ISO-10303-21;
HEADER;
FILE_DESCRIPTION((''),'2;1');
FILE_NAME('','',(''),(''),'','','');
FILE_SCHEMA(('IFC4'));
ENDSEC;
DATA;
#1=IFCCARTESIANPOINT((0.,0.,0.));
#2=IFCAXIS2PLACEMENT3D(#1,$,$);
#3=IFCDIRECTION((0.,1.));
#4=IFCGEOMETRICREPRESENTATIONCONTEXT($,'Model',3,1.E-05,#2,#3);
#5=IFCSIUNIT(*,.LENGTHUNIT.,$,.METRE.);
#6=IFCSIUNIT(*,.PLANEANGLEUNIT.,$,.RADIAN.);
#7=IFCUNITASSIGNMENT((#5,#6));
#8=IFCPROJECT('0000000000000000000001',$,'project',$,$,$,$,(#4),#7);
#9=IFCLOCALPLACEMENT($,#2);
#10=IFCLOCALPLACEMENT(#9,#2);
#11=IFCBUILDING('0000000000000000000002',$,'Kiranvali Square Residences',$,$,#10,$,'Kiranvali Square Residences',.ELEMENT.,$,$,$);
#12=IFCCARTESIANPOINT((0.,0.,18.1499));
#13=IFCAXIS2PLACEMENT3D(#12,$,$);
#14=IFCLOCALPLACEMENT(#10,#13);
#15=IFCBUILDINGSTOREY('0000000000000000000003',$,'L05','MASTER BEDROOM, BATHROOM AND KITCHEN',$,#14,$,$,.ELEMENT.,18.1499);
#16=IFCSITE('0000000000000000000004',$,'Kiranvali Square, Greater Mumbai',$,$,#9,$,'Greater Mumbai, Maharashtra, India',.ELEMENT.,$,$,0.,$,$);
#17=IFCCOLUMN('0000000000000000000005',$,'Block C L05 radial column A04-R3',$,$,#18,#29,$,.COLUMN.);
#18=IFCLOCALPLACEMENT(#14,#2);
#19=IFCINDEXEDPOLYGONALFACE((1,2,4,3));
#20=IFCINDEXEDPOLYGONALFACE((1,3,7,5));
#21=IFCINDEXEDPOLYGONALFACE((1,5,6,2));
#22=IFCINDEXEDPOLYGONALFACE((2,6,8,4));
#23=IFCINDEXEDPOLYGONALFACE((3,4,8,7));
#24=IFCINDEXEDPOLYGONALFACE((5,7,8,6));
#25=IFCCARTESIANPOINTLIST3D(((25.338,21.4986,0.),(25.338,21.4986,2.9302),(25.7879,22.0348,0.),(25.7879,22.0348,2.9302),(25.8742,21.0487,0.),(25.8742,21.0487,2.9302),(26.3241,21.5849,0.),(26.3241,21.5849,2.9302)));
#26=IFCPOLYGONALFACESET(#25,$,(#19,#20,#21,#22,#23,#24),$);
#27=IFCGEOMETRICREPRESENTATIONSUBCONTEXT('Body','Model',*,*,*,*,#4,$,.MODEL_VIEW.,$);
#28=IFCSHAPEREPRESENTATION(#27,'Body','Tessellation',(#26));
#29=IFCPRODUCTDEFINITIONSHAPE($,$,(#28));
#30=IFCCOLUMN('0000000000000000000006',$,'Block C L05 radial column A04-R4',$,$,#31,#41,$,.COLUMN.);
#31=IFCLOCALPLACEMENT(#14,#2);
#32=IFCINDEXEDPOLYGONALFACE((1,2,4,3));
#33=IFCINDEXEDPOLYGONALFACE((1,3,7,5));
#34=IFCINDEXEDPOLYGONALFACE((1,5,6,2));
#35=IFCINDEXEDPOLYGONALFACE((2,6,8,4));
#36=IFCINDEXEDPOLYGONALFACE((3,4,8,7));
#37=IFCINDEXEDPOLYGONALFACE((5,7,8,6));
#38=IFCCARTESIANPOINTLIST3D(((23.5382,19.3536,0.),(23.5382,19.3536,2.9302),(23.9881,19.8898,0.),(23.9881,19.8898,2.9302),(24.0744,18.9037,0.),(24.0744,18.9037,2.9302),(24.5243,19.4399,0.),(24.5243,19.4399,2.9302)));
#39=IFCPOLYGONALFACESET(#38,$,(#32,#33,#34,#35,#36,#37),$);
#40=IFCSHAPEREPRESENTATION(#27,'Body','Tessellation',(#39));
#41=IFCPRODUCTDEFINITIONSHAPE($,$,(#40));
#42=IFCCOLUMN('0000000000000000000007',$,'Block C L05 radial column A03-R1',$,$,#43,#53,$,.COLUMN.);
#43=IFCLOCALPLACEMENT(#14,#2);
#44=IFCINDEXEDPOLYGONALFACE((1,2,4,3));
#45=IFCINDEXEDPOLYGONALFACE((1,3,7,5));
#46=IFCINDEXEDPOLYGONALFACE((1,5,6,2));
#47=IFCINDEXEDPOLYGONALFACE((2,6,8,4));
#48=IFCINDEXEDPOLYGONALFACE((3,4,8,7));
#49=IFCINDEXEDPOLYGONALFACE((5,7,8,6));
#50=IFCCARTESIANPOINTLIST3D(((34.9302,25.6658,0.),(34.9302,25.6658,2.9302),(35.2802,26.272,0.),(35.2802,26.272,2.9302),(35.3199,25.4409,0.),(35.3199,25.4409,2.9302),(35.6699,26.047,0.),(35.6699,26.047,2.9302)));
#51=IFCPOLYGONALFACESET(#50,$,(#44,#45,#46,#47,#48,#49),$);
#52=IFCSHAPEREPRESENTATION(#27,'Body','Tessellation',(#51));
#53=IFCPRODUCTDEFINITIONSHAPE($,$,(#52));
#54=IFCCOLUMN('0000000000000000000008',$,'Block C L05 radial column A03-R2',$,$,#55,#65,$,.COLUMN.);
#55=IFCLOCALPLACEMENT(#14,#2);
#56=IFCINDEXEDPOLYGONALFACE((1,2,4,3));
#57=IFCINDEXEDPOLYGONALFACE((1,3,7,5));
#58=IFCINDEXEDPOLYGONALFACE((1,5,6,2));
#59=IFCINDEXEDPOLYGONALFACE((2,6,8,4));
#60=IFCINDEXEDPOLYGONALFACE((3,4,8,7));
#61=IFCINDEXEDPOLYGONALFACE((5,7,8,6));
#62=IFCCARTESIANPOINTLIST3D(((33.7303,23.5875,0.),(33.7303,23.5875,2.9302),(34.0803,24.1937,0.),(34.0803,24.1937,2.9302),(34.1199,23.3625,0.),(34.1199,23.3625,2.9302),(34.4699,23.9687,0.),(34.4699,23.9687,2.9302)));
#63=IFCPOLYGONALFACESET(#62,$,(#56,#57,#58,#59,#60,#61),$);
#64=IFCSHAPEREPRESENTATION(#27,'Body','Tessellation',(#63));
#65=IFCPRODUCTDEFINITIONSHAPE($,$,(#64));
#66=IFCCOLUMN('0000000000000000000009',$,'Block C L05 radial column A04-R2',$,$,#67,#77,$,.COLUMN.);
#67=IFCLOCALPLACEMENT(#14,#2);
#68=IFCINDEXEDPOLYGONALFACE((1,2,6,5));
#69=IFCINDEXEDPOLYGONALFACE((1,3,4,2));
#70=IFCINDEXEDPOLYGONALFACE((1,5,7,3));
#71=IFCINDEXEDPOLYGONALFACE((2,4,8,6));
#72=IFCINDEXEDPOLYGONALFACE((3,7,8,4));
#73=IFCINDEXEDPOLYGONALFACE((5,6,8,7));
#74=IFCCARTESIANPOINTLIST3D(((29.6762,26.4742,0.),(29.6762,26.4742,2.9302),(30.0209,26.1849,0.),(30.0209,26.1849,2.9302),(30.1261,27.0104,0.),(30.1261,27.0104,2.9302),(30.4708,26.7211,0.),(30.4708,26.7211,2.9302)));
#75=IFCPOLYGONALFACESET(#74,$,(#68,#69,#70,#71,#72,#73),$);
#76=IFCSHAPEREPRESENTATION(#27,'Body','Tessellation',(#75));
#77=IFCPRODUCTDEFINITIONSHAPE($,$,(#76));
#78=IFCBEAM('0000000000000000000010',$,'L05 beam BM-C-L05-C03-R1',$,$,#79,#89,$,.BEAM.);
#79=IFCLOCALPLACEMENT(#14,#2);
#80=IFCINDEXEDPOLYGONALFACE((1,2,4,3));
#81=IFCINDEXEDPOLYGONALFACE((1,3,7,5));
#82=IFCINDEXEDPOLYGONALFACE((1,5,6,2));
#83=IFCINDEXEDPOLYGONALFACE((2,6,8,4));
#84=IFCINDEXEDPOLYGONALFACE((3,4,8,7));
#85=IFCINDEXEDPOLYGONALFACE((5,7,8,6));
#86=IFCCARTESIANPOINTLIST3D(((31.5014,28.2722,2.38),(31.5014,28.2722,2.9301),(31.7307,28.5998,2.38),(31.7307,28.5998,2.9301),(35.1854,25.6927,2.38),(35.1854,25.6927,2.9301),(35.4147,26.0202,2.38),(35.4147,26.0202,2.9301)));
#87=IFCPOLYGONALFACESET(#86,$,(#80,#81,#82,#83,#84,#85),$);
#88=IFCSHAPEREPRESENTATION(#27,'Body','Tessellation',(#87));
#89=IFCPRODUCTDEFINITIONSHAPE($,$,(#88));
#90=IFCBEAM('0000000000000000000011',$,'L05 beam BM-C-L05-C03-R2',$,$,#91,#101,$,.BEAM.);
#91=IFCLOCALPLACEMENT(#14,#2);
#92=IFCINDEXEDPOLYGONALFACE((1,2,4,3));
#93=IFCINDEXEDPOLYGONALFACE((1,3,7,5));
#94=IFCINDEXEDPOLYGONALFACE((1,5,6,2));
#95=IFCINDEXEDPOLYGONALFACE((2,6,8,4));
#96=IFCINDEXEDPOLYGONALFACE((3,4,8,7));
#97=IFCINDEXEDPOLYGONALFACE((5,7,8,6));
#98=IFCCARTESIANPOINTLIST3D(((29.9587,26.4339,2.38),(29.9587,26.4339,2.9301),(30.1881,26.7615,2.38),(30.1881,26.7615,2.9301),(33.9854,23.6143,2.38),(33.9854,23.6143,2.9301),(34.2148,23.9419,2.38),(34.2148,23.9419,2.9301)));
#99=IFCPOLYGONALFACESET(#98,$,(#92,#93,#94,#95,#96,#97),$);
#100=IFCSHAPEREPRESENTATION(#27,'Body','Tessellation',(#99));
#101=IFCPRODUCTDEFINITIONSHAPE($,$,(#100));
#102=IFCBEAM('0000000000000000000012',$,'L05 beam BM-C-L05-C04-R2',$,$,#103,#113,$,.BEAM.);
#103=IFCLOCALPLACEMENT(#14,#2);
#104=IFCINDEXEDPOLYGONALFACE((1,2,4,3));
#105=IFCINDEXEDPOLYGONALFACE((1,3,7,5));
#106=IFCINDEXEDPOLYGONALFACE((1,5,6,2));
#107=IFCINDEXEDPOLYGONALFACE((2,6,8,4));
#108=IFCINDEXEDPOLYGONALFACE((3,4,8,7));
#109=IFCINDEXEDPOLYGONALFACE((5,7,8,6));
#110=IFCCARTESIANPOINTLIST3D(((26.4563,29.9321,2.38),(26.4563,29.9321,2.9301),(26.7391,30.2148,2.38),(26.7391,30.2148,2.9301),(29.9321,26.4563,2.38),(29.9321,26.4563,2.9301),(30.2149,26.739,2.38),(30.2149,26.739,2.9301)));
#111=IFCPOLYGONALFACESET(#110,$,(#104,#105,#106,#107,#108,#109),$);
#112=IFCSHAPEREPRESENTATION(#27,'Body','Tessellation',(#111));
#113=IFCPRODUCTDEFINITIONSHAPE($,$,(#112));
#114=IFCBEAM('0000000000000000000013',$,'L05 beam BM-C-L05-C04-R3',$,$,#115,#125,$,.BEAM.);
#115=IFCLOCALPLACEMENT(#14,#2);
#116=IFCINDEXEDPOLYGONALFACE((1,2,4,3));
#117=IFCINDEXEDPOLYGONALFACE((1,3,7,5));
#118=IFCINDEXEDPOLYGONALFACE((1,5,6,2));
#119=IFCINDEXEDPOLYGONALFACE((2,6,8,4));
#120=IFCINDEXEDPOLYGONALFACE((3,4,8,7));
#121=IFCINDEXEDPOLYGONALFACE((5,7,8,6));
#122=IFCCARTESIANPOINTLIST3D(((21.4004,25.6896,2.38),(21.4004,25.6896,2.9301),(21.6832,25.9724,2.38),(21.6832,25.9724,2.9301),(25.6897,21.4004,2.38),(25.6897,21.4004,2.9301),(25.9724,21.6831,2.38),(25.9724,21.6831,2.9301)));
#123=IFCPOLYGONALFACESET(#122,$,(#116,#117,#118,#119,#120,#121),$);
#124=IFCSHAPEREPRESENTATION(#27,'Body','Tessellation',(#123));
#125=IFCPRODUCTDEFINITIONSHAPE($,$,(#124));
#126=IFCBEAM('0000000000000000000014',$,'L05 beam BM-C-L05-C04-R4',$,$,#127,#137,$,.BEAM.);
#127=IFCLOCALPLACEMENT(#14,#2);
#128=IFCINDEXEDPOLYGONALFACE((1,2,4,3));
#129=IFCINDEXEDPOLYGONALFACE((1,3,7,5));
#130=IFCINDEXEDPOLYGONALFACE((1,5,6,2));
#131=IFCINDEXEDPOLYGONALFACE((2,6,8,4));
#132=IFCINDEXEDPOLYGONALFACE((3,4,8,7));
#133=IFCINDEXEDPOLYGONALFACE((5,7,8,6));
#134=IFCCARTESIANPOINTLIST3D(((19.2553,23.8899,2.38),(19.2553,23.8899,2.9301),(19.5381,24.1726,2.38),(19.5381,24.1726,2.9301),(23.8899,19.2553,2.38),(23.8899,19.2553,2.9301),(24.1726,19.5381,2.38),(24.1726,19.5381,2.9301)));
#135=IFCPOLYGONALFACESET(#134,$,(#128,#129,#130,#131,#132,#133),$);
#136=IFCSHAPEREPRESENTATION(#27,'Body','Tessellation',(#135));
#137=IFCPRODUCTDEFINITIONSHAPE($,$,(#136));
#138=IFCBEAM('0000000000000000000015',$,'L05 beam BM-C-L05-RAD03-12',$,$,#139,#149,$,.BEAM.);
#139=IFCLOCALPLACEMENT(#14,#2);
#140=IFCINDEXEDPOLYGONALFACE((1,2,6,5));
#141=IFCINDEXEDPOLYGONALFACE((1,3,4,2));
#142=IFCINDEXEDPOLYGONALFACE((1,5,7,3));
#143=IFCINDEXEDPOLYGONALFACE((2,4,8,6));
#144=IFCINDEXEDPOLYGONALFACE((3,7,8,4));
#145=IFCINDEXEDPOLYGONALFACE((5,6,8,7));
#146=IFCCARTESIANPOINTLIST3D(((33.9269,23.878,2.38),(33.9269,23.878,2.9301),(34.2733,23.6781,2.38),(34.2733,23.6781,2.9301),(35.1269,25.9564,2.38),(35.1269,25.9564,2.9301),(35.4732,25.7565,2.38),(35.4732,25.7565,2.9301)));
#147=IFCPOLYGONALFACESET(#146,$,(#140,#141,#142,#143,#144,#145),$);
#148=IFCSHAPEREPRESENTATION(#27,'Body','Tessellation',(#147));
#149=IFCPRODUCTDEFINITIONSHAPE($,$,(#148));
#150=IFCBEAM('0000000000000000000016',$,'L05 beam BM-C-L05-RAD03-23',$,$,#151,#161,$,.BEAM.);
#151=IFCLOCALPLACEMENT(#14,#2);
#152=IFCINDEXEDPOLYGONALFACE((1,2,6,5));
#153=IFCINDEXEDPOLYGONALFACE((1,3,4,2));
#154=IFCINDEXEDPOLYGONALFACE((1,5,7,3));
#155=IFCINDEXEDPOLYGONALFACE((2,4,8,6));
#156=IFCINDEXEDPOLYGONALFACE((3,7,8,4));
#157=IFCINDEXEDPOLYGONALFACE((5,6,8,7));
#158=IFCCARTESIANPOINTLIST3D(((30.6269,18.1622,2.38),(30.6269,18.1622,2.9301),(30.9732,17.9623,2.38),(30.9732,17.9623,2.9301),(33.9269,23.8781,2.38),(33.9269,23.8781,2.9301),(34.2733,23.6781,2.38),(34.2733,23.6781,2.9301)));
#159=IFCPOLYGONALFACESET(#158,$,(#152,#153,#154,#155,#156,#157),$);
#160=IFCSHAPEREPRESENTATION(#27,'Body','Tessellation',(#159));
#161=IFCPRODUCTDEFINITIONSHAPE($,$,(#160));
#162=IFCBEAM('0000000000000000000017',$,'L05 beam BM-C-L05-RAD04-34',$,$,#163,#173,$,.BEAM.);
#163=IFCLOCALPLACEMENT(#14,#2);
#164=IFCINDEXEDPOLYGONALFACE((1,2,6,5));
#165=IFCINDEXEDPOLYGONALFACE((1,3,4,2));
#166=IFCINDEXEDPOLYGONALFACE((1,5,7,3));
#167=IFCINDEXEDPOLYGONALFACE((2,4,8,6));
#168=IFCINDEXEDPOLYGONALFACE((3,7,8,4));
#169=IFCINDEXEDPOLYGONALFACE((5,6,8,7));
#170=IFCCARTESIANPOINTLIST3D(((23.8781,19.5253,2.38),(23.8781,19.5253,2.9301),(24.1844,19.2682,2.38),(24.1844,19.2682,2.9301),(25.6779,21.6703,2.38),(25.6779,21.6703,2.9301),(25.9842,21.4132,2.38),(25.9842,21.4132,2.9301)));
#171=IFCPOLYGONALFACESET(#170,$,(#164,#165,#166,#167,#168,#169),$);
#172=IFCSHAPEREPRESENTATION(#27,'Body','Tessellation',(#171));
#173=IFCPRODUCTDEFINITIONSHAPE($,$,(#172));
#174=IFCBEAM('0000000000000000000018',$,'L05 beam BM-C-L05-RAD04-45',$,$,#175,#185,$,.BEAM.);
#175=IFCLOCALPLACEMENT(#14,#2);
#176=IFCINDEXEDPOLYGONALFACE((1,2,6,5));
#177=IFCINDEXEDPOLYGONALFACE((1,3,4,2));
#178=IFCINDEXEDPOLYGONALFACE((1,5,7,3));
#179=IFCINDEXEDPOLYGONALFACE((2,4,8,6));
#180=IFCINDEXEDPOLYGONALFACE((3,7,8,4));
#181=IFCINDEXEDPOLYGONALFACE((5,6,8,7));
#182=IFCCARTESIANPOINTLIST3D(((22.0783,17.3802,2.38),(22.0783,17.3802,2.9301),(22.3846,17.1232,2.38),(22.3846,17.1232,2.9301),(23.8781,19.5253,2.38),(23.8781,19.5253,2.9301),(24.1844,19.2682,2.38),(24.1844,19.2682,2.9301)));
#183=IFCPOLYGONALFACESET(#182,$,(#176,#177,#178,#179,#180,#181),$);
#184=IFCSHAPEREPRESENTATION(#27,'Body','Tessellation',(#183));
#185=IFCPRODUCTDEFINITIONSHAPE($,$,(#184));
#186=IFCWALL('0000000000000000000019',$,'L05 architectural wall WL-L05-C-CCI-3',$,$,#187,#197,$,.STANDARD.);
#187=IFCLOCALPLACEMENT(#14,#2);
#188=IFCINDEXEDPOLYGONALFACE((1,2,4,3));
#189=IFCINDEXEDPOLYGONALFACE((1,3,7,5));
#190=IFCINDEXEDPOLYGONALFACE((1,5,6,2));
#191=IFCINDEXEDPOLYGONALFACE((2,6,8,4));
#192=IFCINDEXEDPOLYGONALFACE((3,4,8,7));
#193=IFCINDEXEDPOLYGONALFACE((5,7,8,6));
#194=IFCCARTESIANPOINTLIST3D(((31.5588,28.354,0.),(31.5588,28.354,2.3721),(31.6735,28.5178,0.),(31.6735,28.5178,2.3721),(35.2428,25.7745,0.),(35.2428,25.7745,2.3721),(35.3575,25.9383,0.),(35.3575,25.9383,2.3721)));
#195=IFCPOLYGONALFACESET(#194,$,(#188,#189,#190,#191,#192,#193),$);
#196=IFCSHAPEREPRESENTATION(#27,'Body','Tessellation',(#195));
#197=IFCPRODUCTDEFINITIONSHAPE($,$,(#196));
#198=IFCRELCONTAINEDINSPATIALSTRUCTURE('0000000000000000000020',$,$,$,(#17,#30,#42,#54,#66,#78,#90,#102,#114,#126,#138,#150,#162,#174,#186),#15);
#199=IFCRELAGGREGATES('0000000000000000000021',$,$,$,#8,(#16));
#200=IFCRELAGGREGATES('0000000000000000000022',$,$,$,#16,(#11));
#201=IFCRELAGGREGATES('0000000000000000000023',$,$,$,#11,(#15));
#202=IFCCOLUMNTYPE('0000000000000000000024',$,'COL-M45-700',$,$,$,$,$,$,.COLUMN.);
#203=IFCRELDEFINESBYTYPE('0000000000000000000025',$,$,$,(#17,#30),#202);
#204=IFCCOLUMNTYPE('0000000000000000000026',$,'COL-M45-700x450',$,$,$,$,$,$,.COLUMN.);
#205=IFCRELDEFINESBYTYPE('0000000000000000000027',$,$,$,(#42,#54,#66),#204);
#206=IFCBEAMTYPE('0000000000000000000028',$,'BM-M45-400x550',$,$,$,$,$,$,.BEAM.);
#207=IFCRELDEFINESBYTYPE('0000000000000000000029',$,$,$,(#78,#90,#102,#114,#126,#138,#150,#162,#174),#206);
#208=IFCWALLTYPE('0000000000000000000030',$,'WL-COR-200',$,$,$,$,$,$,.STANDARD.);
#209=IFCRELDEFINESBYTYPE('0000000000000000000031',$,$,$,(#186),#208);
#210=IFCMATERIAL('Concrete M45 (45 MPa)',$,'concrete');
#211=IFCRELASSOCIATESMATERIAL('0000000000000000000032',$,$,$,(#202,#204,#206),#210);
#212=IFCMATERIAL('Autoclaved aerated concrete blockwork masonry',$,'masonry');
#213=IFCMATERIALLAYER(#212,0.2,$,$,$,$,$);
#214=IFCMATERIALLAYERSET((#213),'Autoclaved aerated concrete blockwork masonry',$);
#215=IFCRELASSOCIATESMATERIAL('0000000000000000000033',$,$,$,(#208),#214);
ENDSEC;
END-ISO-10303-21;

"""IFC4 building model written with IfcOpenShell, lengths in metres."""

from ifc_helpers import new_model, si_unit, direction, frame, frame_2d, origin, origin_2d, place, context, subcontext, project, spatial, rectangle, extrude, material, layer, layer_set, material_profile, profile_set, type_object, element, save


model = new_model("IFC4")

# Units and contexts
model_context = context("Model", 3, precision=1e-05, world=origin(), true_north=direction((0.0, 1.0)))
body_context = subcontext(model_context, "Body", "Model", "MODEL_VIEW")
ifc_project = project(units=[si_unit("LENGTHUNIT", "METRE"), si_unit("PLANEANGLEUNIT", "RADIAN")], contexts=[model_context])

# Site, building, storey
site_placement = place(None, origin())
site = spatial("IfcSite", under=ifc_project, at=site_placement, Name="Kiranvali Square, Greater Mumbai", LongName="Greater Mumbai, Maharashtra, India", CompositionType="ELEMENT", RefElevation=0.0)
building_placement = place(site_placement, origin())
building = spatial("IfcBuilding", under=site, at=building_placement, Name="Kiranvali Square Residences", LongName="Kiranvali Square Residences", CompositionType="ELEMENT")
storey_placement = place(building_placement, frame((0.0, 0.0, 18.1499)))
storey = spatial("IfcBuildingStorey", under=building, at=storey_placement, Name="L05", Description="MASTER BEDROOM, BATHROOM AND KITCHEN", CompositionType="ELEMENT", Elevation=18.1499)

# Columns
ifc_material_1 = material(Name="Concrete M45 (45 MPa)", Category="concrete")
ifc_material_profile_1 = material_profile(ifc_material_1, rectangle(XDim=0.7, YDim=0.7, at=origin_2d()), Name="RC 700x700")
ifc_profile_set_1 = profile_set([ifc_material_profile_1], Name="Concrete M45 (45 MPa)")
column_type_1 = type_object("IfcColumnType", Name="COL-M45-700", PredefinedType="COLUMN", material=ifc_profile_set_1)
for number, where, z_axis, x_axis, name in (
    (1, (25.8311, 21.5417, 0.0), (0.0, 0.0, 1.0), (-0.766044, 0.642788, 0.0), "Block C L05 radial column A04-R3"),
    (2, (24.0312, 19.3967, 0.0), (0.0, 0.0, 1.0), (-0.766044, 0.642788, 0.0), "Block C L05 radial column A04-R4"),
):
    element("IfcColumn", number, at=place(storey_placement, frame(where, z_axis=z_axis, x_axis=x_axis)), inside=storey, type_object=column_type_1, Name=name, PredefinedType="COLUMN", context=body_context, shape_type="SweptSolid", body=[
        extrude(rectangle(XDim=0.7, YDim=0.7, at=origin_2d()), origin(), (0.0, 0.0, 1.0), 2.9302),
    ])
ifc_material_profile_2 = material_profile(ifc_material_1, rectangle(XDim=0.45, YDim=0.7, at=origin_2d()), Name="RC 700x450")
ifc_profile_set_2 = profile_set([ifc_material_profile_2], Name="Concrete M45 (45 MPa)")
column_type_2 = type_object("IfcColumnType", Name="COL-M45-700x450", PredefinedType="COLUMN", material=ifc_profile_set_2)
for number, where, z_axis, x_axis, name in (
    (3, (35.3, 25.8564, 0.0), (0.0, 0.0, 1.0), (-0.866025, 0.5, 0.0), "Block C L05 radial column A03-R1"),
    (4, (34.1001, 23.7781, 0.0), (0.0, 0.0, 1.0), (-0.866025, 0.5, 0.0), "Block C L05 radial column A03-R2"),
    (5, (30.0735, 26.5977, 0.0), (0.0, 0.0, 1.0), (-0.766044, 0.642788, 0.0), "Block C L05 radial column A04-R2"),
):
    element("IfcColumn", number, at=place(storey_placement, frame(where, z_axis=z_axis, x_axis=x_axis)), inside=storey, type_object=column_type_2, Name=name, PredefinedType="COLUMN", context=body_context, shape_type="SweptSolid", body=[
        extrude(rectangle(XDim=0.45, YDim=0.7, at=origin_2d()), origin(), (0.0, 0.0, 1.0), 2.9302),
    ])

# Beams
ifc_material_profile_3 = material_profile(ifc_material_1, rectangle(XDim=0.3999, YDim=0.55, at=origin_2d()), Name="RC 400x550")
ifc_profile_set_3 = profile_set([ifc_material_profile_3], Name="Concrete M45 (45 MPa)")
beam_type = type_object("IfcBeamType", Name="BM-M45-400x550", PredefinedType="BEAM", material=ifc_profile_set_3)
beam_1_placement = place(storey_placement, frame((35.3, 25.8564, 2.655), z_axis=(-0.819155, 0.573572, 0.0), x_axis=(-0.573572, -0.819155, 0.0)))
element("IfcBeam", 6, at=beam_1_placement, inside=storey, type_object=beam_type, Name="L05 beam BM-C-L05-C03-R1", PredefinedType="BEAM", context=body_context, shape_type="SweptSolid", body=[
    extrude(rectangle(XDim=0.3999, YDim=0.55, at=origin_2d()), origin(), (0.0, 0.0, 1.0), 4.4973),
])
beam_2_placement = place(storey_placement, frame((34.1001, 23.7781, 2.655), z_axis=(-0.819141, 0.573592, 0.0), x_axis=(-0.573592, -0.819141, 0.0)))
element("IfcBeam", 7, at=beam_2_placement, inside=storey, type_object=beam_type, Name="L05 beam BM-C-L05-C03-R2", PredefinedType="BEAM", context=body_context, shape_type="SweptSolid", body=[
    extrude(rectangle(XDim=0.3999, YDim=0.55, at=origin_2d()), origin(), (0.0, 0.0, 1.0), 4.9158),
])
beam_3_placement = place(storey_placement, frame((30.0735, 26.5977, 2.655), z_axis=(-0.707107, 0.707107, 0.0), x_axis=(-0.707107, -0.707107, 0.0)))
element("IfcBeam", 8, at=beam_3_placement, inside=storey, type_object=beam_type, Name="L05 beam BM-C-L05-C04-R2", PredefinedType="BEAM", context=body_context, shape_type="SweptSolid", body=[
    extrude(rectangle(XDim=0.3999, YDim=0.55, at=origin_2d()), origin(), (0.0, 0.0, 1.0), 4.9155),
])
beam_4_placement = place(storey_placement, frame((25.8311, 21.5417, 2.655), z_axis=(-0.707107, 0.707107, 0.0), x_axis=(-0.707107, -0.707107, 0.0)))
element("IfcBeam", 9, at=beam_4_placement, inside=storey, type_object=beam_type, Name="L05 beam BM-C-L05-C04-R3", PredefinedType="BEAM", context=body_context, shape_type="SweptSolid", body=[
    extrude(rectangle(XDim=0.3999, YDim=0.55, at=origin_2d()), origin(), (0.0, 0.0, 1.0), 6.0659),
])
beam_5_placement = place(storey_placement, frame((24.0312, 19.3967, 2.655), z_axis=(-0.707107, 0.707107, 0.0), x_axis=(-0.707107, -0.707107, 0.0)))
element("IfcBeam", 10, at=beam_5_placement, inside=storey, type_object=beam_type, Name="L05 beam BM-C-L05-C04-R4", PredefinedType="BEAM", context=body_context, shape_type="SweptSolid", body=[
    extrude(rectangle(XDim=0.3999, YDim=0.55, at=origin_2d()), origin(), (0.0, 0.0, 1.0), 6.5542),
])
beam_6_placement = place(storey_placement, frame((35.3, 25.8564, 2.655), z_axis=(-0.500001, -0.866025, 0.0), x_axis=(0.866025, -0.500001, 0.0)))
element("IfcBeam", 11, at=beam_6_placement, inside=storey, type_object=beam_type, Name="L05 beam BM-C-L05-RAD03-12", PredefinedType="BEAM", context=body_context, shape_type="SweptSolid", body=[
    extrude(rectangle(XDim=0.3999, YDim=0.55, at=origin_2d()), origin(), (0.0, 0.0, 1.0), 2.3999),
])
beam_7_placement = place(storey_placement, frame((34.1001, 23.7781, 2.655), z_axis=(-0.500002, -0.866024, 0.0), x_axis=(0.866024, -0.500002, 0.0)))
element("IfcBeam", 12, at=beam_7_placement, inside=storey, type_object=beam_type, Name="L05 beam BM-C-L05-RAD03-23", PredefinedType="BEAM", context=body_context, shape_type="SweptSolid", body=[
    extrude(rectangle(XDim=0.3999, YDim=0.55, at=origin_2d()), origin(), (0.0, 0.0, 1.0), 6.6001),
])
for number, where, z_axis, x_axis, name in (
    (13, (25.8311, 21.5417, 2.655), (-0.642771, -0.766059, 0.0), (0.766059, -0.642771, 0.0), "L05 beam BM-C-L05-RAD04-34"),
    (14, (24.0312, 19.3967, 2.655), (-0.642771, -0.766059, 0.0), (0.766059, -0.642771, 0.0), "L05 beam BM-C-L05-RAD04-45"),
):
    element("IfcBeam", number, at=place(storey_placement, frame(where, z_axis=z_axis, x_axis=x_axis)), inside=storey, type_object=beam_type, Name=name, PredefinedType="BEAM", context=body_context, shape_type="SweptSolid", body=[
        extrude(rectangle(XDim=0.3999, YDim=0.55, at=origin_2d()), origin(), (0.0, 0.0, 1.0), 2.8),
    ])

# Wall
ifc_material_2 = material(Name="Autoclaved aerated concrete blockwork masonry", Category="masonry")
ifc_layer_1 = layer(ifc_material_2, 0.2)
ifc_layer_set_1 = layer_set([ifc_layer_1], Name="Autoclaved aerated concrete blockwork masonry")
wall_type_1 = type_object("IfcWallType", Name="WL-COR-200", PredefinedType="STANDARD", material=ifc_layer_set_1)
wall_1_placement = place(storey_placement, frame((35.3, 25.8564, 0.0), z_axis=(0.0, 0.0, 1.0), x_axis=(-0.819155, 0.573572, 0.0)))
element("IfcWall", 15, at=wall_1_placement, inside=storey, type_object=wall_type_1, Name="L05 architectural wall WL-L05-C-CCI-3", PredefinedType="STANDARD", context=body_context, shape_type="SweptSolid", body=[
    extrude(rectangle(XDim=4.4973, YDim=0.2, at=frame_2d((2.2485, 0.0))), origin(), (0.0, 0.0, 1.0), 2.3721),
])

save(model, "model.ifc")
